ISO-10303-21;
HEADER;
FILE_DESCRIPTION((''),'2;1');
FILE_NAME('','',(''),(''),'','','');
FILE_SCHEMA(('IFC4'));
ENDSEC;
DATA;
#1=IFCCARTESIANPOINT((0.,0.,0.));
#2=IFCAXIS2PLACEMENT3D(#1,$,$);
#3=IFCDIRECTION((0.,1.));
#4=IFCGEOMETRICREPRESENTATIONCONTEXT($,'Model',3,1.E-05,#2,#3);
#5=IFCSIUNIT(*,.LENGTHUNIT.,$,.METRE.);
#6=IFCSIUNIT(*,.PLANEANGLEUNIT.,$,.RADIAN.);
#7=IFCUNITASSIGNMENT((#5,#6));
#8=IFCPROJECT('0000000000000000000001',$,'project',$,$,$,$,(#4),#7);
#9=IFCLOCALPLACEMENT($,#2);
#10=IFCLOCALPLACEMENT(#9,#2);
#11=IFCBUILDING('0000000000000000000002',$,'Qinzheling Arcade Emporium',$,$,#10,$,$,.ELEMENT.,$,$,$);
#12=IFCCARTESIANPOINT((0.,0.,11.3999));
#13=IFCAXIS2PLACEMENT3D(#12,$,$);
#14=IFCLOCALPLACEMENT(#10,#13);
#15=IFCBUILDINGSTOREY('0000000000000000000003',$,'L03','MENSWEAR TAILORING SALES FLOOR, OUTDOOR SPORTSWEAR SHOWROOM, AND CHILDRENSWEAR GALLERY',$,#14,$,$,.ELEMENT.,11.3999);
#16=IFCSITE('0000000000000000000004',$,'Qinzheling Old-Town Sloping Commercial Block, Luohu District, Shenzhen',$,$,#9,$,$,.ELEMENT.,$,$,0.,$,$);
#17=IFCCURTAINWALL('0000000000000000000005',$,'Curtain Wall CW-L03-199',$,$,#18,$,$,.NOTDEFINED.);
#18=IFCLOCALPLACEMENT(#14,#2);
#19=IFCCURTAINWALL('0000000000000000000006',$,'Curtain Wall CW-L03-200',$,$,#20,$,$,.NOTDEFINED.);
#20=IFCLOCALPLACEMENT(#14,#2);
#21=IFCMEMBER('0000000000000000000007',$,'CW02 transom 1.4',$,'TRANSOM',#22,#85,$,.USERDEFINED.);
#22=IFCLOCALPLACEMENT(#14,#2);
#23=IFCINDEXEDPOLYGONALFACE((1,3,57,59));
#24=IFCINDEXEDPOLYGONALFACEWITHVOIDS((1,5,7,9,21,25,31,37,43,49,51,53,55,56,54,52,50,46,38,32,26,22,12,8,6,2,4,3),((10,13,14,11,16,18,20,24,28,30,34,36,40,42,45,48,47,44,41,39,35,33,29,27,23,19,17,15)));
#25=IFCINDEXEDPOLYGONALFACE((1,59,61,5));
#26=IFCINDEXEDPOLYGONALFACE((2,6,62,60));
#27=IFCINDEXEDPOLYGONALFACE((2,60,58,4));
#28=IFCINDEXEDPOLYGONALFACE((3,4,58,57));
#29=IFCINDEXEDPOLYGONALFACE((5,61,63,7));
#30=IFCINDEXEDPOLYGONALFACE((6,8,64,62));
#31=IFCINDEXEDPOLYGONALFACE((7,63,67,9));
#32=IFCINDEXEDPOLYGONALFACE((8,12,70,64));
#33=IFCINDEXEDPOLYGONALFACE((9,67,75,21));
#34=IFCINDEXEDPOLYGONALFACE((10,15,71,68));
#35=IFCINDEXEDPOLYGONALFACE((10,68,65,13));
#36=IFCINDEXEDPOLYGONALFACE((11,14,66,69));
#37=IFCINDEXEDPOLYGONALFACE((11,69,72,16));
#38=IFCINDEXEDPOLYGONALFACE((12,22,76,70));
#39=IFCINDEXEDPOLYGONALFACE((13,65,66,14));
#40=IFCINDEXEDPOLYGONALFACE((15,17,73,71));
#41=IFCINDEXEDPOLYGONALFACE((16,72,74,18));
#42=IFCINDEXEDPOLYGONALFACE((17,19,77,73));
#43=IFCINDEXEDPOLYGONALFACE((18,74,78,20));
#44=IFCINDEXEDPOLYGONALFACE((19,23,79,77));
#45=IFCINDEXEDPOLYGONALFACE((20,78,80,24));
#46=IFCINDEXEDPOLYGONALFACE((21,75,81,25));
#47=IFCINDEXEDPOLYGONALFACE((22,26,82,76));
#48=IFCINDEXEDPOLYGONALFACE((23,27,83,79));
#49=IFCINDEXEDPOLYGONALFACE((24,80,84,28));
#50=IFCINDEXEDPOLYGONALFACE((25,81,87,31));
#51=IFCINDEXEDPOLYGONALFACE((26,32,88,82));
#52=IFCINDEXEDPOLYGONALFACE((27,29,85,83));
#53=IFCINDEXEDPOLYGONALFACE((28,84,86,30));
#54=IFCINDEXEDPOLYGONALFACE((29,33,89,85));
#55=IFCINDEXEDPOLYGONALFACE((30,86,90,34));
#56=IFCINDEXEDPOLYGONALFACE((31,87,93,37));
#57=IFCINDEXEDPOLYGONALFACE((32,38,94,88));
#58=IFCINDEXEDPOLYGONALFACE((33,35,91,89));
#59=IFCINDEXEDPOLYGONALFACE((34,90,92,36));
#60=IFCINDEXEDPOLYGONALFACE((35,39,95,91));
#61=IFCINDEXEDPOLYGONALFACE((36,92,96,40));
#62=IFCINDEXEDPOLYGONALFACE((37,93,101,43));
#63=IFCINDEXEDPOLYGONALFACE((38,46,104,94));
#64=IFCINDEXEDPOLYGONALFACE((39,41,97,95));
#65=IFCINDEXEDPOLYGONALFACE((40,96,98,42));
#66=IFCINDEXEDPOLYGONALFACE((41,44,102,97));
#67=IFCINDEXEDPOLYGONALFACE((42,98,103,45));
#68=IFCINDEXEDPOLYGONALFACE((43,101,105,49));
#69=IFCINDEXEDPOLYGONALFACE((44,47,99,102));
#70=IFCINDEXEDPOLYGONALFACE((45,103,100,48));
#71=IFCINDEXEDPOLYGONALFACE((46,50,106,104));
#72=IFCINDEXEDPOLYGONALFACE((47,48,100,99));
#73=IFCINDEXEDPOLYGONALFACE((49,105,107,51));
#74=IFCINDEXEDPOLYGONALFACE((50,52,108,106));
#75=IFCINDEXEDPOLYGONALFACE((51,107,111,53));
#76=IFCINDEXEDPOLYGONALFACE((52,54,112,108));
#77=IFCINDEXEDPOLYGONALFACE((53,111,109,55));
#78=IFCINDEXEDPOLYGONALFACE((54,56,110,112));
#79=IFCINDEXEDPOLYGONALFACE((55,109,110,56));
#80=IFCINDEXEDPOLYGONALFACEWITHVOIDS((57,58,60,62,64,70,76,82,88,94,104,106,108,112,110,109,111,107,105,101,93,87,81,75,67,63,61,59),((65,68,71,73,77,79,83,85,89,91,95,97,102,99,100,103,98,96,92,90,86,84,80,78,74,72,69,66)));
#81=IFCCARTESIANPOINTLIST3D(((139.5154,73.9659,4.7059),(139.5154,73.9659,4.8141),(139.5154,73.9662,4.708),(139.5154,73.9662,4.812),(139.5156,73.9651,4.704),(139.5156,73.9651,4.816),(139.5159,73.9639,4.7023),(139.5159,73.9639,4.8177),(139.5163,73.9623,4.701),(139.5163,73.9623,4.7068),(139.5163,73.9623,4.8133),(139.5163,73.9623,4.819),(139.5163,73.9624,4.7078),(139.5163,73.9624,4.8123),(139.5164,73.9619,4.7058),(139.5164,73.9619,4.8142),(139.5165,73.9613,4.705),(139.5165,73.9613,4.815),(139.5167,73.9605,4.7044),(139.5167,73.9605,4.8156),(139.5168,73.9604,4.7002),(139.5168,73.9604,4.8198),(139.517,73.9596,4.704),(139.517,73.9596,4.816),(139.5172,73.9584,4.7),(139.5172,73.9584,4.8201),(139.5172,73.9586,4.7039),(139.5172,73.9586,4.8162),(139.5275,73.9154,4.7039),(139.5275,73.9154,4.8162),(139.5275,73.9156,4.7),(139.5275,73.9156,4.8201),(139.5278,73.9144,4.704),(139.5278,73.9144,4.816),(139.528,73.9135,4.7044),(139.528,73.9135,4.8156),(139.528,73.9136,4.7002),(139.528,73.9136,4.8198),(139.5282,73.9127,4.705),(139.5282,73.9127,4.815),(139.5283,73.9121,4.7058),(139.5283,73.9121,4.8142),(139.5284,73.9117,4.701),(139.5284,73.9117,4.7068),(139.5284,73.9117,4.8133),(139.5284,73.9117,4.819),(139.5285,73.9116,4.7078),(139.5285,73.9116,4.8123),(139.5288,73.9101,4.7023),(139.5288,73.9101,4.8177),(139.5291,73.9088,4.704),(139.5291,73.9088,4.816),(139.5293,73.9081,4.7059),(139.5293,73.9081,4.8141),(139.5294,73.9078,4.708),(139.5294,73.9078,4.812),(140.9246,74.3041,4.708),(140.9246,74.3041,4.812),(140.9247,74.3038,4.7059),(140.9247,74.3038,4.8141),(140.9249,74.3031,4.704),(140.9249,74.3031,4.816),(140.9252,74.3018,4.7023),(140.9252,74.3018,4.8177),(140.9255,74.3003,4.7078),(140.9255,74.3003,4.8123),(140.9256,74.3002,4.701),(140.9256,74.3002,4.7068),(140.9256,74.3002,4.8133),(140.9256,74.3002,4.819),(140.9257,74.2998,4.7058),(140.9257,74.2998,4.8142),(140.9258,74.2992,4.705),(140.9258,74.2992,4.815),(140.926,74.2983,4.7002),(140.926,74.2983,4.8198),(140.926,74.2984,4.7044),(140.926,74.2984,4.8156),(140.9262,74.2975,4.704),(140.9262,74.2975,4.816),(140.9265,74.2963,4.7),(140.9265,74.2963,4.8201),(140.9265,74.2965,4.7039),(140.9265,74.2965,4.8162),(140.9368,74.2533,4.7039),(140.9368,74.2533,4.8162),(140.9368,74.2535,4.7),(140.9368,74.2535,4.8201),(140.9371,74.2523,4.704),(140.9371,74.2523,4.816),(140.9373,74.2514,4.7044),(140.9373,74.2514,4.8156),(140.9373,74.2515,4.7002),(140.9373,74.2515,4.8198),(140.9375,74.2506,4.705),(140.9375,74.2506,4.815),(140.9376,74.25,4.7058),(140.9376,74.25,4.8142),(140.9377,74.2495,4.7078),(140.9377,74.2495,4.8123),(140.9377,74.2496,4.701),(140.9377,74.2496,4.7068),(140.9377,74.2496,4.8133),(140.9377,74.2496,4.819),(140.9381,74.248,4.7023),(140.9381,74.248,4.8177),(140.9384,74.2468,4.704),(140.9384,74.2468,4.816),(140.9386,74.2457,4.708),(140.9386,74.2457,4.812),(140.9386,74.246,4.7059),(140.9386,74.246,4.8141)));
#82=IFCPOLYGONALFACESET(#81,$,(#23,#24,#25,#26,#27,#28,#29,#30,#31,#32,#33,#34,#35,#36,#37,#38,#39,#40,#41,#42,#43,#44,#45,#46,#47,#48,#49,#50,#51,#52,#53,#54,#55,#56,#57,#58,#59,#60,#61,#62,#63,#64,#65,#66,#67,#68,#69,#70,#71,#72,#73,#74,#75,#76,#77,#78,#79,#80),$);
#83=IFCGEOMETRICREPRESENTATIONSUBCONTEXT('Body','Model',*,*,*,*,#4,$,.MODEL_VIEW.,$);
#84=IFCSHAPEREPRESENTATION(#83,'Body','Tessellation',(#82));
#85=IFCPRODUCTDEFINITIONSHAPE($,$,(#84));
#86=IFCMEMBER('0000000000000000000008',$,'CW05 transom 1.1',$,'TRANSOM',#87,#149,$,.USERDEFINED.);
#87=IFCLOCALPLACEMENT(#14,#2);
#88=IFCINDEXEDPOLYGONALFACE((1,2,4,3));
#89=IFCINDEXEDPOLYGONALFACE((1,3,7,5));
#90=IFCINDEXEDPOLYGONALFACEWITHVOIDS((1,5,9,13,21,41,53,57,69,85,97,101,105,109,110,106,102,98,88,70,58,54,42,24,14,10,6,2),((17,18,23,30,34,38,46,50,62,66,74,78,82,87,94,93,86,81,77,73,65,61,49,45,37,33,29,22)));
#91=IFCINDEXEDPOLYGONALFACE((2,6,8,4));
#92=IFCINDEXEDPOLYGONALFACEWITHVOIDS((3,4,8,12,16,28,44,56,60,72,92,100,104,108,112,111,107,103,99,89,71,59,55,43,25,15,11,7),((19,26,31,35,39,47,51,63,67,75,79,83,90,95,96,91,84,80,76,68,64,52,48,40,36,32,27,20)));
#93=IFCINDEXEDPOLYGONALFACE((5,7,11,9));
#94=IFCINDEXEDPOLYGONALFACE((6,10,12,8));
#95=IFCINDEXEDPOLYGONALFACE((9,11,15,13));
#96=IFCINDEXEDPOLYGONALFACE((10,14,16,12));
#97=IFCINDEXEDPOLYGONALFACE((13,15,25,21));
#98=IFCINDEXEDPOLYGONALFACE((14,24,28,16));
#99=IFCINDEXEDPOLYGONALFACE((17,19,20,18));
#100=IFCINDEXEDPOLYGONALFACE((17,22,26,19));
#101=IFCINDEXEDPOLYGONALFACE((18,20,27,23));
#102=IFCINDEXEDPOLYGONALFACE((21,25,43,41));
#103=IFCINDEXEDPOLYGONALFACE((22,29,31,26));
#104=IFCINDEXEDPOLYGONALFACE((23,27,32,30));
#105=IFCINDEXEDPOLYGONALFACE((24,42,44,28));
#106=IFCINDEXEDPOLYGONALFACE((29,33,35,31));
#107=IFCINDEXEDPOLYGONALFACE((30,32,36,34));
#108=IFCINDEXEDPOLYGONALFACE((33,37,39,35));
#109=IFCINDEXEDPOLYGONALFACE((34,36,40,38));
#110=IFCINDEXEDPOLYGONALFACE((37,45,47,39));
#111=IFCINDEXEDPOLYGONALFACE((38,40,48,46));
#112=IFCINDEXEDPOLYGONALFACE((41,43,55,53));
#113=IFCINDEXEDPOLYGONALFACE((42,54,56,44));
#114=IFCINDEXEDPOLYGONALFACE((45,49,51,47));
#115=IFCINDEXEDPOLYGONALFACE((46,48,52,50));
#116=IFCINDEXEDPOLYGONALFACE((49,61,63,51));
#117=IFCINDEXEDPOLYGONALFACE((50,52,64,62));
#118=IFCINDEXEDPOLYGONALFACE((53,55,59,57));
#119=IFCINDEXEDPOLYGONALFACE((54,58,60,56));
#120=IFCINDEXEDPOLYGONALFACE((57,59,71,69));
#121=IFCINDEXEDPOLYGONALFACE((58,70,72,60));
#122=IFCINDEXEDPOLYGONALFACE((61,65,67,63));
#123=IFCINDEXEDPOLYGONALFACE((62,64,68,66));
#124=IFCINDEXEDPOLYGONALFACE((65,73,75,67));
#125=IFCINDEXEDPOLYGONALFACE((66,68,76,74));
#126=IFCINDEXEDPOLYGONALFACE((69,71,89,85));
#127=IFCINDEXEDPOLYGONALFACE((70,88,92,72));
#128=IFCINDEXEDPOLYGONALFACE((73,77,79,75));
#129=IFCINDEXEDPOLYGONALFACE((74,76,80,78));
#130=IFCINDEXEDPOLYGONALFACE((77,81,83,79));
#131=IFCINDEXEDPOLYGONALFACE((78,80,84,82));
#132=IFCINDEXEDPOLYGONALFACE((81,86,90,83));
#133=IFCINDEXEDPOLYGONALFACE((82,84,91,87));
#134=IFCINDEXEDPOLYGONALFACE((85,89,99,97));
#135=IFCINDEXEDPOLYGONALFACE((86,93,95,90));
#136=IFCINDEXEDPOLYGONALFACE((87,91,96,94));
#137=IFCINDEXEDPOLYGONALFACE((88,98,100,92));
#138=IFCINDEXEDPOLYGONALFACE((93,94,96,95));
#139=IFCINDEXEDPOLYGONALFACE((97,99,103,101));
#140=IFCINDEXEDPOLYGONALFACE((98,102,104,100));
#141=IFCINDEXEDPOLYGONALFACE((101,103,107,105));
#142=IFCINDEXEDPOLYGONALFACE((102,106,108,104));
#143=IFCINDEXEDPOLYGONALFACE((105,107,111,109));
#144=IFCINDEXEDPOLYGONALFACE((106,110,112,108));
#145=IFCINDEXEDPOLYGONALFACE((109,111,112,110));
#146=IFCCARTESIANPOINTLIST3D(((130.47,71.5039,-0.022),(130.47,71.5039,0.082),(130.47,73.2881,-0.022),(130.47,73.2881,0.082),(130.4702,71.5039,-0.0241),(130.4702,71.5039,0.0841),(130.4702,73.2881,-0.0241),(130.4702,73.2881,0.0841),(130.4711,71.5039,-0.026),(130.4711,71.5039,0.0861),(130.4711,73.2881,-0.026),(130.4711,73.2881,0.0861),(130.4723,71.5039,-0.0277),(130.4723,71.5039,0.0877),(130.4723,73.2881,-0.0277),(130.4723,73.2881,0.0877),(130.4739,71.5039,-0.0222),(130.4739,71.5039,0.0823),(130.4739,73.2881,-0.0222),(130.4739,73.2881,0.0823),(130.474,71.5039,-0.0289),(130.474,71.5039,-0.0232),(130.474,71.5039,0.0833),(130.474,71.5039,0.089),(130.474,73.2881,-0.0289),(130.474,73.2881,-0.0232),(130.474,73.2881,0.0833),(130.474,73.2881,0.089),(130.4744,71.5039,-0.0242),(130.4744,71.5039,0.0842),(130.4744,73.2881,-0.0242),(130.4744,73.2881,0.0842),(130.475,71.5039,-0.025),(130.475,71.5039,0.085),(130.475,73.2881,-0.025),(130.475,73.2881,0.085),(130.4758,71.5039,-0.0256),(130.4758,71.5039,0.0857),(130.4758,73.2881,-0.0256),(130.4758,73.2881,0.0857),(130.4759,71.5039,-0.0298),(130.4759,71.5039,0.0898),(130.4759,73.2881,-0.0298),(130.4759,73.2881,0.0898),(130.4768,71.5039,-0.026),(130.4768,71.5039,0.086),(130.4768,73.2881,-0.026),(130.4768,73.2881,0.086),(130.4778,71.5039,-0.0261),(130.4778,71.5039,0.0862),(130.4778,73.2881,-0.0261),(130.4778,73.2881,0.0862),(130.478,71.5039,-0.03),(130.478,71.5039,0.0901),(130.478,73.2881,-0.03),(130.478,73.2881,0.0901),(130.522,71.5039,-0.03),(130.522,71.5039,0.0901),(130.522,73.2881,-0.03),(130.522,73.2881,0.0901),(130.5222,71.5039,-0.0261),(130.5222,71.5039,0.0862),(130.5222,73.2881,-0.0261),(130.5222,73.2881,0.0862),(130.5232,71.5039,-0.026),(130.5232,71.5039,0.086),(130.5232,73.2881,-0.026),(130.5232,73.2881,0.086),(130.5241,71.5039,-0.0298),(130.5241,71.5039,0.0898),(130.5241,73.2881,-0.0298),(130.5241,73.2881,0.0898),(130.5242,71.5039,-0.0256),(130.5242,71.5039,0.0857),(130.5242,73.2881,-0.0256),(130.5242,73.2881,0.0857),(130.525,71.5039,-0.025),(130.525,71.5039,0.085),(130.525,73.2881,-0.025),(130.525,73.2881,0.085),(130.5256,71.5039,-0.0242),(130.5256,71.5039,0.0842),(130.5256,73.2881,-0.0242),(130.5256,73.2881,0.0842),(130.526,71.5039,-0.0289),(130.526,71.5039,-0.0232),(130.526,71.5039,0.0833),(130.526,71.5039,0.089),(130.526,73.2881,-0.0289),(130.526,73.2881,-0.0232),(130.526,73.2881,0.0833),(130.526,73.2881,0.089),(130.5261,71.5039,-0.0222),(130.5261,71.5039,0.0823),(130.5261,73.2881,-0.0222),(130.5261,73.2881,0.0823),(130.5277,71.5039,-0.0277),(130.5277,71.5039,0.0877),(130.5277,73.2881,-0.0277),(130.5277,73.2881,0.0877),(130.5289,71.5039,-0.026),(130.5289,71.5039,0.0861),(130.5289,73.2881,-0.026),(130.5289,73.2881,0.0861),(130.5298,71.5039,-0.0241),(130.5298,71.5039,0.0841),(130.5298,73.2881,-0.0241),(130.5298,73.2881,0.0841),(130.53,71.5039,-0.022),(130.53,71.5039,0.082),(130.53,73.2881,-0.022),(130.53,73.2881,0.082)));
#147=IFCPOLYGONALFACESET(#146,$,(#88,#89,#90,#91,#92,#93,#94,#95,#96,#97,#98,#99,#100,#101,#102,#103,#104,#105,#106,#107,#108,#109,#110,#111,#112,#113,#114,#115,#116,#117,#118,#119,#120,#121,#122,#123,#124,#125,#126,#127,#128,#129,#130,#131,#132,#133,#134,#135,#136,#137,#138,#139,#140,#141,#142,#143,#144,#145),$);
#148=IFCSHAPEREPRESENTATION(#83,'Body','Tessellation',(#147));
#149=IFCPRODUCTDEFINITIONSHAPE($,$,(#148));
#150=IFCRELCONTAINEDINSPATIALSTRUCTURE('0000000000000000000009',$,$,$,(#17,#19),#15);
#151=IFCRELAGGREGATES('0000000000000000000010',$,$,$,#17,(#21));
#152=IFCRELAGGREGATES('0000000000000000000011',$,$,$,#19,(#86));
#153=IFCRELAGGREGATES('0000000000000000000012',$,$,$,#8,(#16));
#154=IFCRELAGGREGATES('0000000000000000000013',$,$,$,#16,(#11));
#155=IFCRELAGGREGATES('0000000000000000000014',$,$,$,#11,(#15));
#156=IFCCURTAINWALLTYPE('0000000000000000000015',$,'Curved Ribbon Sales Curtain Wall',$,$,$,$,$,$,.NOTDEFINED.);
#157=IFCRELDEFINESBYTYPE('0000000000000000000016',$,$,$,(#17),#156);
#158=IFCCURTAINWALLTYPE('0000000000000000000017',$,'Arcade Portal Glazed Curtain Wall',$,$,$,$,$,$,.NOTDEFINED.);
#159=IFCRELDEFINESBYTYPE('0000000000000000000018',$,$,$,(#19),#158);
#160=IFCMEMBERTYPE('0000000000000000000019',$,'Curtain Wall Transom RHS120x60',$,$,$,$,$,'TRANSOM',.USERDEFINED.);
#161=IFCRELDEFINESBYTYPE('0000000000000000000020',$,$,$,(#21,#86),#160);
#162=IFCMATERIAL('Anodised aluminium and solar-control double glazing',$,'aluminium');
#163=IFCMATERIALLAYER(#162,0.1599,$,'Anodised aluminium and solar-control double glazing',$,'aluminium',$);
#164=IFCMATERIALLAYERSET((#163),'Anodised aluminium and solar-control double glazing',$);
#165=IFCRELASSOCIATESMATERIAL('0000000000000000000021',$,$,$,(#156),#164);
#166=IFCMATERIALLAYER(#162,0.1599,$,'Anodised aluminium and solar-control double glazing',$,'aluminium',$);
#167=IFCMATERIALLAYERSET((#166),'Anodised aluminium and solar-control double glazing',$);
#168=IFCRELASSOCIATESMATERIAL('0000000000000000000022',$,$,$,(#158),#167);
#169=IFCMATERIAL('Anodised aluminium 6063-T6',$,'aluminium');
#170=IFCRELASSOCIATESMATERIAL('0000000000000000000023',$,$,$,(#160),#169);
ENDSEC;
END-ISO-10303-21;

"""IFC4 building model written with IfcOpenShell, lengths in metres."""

from ifc_helpers import new_model, si_unit, direction, frame, origin, origin_2d, place, context, subcontext, project, spatial, hollow_rectangle, extrude, material, layer, layer_set, material_profile, profile_set, type_object, element, aggregate, save


model = new_model("IFC4")

# Units and contexts
model_context = context("Model", 3, precision=1e-05, world=origin(), true_north=direction((0.0, 1.0)))
body_context = subcontext(model_context, "Body", "Model", "MODEL_VIEW")
ifc_project = project(units=[si_unit("LENGTHUNIT", "METRE"), si_unit("PLANEANGLEUNIT", "RADIAN")], contexts=[model_context])

# Site, building, storey
site_placement = place(None, origin())
site = spatial("IfcSite", under=ifc_project, at=site_placement, Name="Qinzheling Old-Town Sloping Commercial Block, Luohu District, Shenzhen", CompositionType="ELEMENT", RefElevation=0.0)
building_placement = place(site_placement, origin())
building = spatial("IfcBuilding", under=site, at=building_placement, Name="Qinzheling Arcade Emporium", CompositionType="ELEMENT")
storey_placement = place(building_placement, frame((0.0, 0.0, 11.3999)))
storey = spatial("IfcBuildingStorey", under=building, at=storey_placement, Name="L03", Description="MENSWEAR TAILORING SALES FLOOR, OUTDOOR SPORTSWEAR SHOWROOM, AND CHILDRENSWEAR GALLERY", CompositionType="ELEMENT", Elevation=11.3999)

# Curtain wall
ifc_material_1 = material(Name="Anodised aluminium and solar-control double glazing", Category="aluminium")
ifc_layer_1 = layer(ifc_material_1, 0.1599, Name="Anodised aluminium and solar-control double glazing", Category="aluminium")
ifc_layer_set_1 = layer_set([ifc_layer_1], Name="Anodised aluminium and solar-control double glazing")
curtain_wall_type_1 = type_object("IfcCurtainWallType", Name="Curved Ribbon Sales Curtain Wall", PredefinedType="NOTDEFINED", material=ifc_layer_set_1)
curtain_wall_1_placement = place(storey_placement, origin())
curtain_wall_1 = element("IfcCurtainWall", 1, at=curtain_wall_1_placement, inside=storey, type_object=curtain_wall_type_1, Name="Curtain Wall CW-L03-199", PredefinedType="NOTDEFINED")
ifc_material_2 = material(Name="Anodised aluminium 6063-T6", Category="aluminium")

# Curtain wall
ifc_layer_2 = layer(ifc_material_1, 0.1599, Name="Anodised aluminium and solar-control double glazing", Category="aluminium")
ifc_layer_set_2 = layer_set([ifc_layer_2], Name="Anodised aluminium and solar-control double glazing")
curtain_wall_type_2 = type_object("IfcCurtainWallType", Name="Arcade Portal Glazed Curtain Wall", PredefinedType="NOTDEFINED", material=ifc_layer_set_2)
curtain_wall_2_placement = place(storey_placement, origin())
curtain_wall_2 = element("IfcCurtainWall", 2, at=curtain_wall_2_placement, inside=storey, type_object=curtain_wall_type_2, Name="Curtain Wall CW-L03-200", PredefinedType="NOTDEFINED")

# Members
ifc_material_profile_1 = material_profile(ifc_material_2, hollow_rectangle(XDim=0.0601, YDim=0.1201, WallThickness=0.0039, InnerFilletRadius=0.0039, OuterFilletRadius=0.0081, at=origin_2d()), Name="RHS 120x60x4", Category="aluminium")
ifc_profile_set_1 = profile_set([ifc_material_profile_1], Name="Anodised aluminium 6063-T6")
member_type_1 = type_object("IfcMemberType", Name="Curtain Wall Transom RHS120x60", ElementType="TRANSOM", PredefinedType="USERDEFINED", material=ifc_profile_set_1)
member_1_placement = place(storey_placement, frame((140.9316, 74.2749, 4.76), z_axis=(-0.972436, -0.233169, 0.0), x_axis=(0.233169, -0.972436, 0.0)))
member_1 = element("IfcMember", 3, at=member_1_placement, type_object=member_type_1, Name="CW02 transom 1.4", ObjectType="TRANSOM", PredefinedType="USERDEFINED", context=body_context, shape_type="SweptSolid", body=[
    extrude(hollow_rectangle(XDim=0.0601, YDim=0.1201, WallThickness=0.0039, InnerFilletRadius=0.0039, OuterFilletRadius=0.0081, at=origin_2d()), origin(), (0.0, 0.0, 1.0), 1.4492),
])
member_2_placement = place(storey_placement, frame((130.5, 73.2881, 0.03), z_axis=(0.0, -1.0, 0.0), x_axis=(1.0, 0.0, 0.0)))
member_2 = element("IfcMember", 4, at=member_2_placement, type_object=member_type_1, Name="CW05 transom 1.1", ObjectType="TRANSOM", PredefinedType="USERDEFINED", context=body_context, shape_type="SweptSolid", body=[
    extrude(hollow_rectangle(XDim=0.0601, YDim=0.1201, WallThickness=0.0039, InnerFilletRadius=0.0039, OuterFilletRadius=0.0081, at=origin_2d()), origin(), (0.0, 0.0, 1.0), 1.7842),
])

aggregate(curtain_wall_1, [member_1])
aggregate(curtain_wall_2, [member_2])

save(model, "model.ifc")
